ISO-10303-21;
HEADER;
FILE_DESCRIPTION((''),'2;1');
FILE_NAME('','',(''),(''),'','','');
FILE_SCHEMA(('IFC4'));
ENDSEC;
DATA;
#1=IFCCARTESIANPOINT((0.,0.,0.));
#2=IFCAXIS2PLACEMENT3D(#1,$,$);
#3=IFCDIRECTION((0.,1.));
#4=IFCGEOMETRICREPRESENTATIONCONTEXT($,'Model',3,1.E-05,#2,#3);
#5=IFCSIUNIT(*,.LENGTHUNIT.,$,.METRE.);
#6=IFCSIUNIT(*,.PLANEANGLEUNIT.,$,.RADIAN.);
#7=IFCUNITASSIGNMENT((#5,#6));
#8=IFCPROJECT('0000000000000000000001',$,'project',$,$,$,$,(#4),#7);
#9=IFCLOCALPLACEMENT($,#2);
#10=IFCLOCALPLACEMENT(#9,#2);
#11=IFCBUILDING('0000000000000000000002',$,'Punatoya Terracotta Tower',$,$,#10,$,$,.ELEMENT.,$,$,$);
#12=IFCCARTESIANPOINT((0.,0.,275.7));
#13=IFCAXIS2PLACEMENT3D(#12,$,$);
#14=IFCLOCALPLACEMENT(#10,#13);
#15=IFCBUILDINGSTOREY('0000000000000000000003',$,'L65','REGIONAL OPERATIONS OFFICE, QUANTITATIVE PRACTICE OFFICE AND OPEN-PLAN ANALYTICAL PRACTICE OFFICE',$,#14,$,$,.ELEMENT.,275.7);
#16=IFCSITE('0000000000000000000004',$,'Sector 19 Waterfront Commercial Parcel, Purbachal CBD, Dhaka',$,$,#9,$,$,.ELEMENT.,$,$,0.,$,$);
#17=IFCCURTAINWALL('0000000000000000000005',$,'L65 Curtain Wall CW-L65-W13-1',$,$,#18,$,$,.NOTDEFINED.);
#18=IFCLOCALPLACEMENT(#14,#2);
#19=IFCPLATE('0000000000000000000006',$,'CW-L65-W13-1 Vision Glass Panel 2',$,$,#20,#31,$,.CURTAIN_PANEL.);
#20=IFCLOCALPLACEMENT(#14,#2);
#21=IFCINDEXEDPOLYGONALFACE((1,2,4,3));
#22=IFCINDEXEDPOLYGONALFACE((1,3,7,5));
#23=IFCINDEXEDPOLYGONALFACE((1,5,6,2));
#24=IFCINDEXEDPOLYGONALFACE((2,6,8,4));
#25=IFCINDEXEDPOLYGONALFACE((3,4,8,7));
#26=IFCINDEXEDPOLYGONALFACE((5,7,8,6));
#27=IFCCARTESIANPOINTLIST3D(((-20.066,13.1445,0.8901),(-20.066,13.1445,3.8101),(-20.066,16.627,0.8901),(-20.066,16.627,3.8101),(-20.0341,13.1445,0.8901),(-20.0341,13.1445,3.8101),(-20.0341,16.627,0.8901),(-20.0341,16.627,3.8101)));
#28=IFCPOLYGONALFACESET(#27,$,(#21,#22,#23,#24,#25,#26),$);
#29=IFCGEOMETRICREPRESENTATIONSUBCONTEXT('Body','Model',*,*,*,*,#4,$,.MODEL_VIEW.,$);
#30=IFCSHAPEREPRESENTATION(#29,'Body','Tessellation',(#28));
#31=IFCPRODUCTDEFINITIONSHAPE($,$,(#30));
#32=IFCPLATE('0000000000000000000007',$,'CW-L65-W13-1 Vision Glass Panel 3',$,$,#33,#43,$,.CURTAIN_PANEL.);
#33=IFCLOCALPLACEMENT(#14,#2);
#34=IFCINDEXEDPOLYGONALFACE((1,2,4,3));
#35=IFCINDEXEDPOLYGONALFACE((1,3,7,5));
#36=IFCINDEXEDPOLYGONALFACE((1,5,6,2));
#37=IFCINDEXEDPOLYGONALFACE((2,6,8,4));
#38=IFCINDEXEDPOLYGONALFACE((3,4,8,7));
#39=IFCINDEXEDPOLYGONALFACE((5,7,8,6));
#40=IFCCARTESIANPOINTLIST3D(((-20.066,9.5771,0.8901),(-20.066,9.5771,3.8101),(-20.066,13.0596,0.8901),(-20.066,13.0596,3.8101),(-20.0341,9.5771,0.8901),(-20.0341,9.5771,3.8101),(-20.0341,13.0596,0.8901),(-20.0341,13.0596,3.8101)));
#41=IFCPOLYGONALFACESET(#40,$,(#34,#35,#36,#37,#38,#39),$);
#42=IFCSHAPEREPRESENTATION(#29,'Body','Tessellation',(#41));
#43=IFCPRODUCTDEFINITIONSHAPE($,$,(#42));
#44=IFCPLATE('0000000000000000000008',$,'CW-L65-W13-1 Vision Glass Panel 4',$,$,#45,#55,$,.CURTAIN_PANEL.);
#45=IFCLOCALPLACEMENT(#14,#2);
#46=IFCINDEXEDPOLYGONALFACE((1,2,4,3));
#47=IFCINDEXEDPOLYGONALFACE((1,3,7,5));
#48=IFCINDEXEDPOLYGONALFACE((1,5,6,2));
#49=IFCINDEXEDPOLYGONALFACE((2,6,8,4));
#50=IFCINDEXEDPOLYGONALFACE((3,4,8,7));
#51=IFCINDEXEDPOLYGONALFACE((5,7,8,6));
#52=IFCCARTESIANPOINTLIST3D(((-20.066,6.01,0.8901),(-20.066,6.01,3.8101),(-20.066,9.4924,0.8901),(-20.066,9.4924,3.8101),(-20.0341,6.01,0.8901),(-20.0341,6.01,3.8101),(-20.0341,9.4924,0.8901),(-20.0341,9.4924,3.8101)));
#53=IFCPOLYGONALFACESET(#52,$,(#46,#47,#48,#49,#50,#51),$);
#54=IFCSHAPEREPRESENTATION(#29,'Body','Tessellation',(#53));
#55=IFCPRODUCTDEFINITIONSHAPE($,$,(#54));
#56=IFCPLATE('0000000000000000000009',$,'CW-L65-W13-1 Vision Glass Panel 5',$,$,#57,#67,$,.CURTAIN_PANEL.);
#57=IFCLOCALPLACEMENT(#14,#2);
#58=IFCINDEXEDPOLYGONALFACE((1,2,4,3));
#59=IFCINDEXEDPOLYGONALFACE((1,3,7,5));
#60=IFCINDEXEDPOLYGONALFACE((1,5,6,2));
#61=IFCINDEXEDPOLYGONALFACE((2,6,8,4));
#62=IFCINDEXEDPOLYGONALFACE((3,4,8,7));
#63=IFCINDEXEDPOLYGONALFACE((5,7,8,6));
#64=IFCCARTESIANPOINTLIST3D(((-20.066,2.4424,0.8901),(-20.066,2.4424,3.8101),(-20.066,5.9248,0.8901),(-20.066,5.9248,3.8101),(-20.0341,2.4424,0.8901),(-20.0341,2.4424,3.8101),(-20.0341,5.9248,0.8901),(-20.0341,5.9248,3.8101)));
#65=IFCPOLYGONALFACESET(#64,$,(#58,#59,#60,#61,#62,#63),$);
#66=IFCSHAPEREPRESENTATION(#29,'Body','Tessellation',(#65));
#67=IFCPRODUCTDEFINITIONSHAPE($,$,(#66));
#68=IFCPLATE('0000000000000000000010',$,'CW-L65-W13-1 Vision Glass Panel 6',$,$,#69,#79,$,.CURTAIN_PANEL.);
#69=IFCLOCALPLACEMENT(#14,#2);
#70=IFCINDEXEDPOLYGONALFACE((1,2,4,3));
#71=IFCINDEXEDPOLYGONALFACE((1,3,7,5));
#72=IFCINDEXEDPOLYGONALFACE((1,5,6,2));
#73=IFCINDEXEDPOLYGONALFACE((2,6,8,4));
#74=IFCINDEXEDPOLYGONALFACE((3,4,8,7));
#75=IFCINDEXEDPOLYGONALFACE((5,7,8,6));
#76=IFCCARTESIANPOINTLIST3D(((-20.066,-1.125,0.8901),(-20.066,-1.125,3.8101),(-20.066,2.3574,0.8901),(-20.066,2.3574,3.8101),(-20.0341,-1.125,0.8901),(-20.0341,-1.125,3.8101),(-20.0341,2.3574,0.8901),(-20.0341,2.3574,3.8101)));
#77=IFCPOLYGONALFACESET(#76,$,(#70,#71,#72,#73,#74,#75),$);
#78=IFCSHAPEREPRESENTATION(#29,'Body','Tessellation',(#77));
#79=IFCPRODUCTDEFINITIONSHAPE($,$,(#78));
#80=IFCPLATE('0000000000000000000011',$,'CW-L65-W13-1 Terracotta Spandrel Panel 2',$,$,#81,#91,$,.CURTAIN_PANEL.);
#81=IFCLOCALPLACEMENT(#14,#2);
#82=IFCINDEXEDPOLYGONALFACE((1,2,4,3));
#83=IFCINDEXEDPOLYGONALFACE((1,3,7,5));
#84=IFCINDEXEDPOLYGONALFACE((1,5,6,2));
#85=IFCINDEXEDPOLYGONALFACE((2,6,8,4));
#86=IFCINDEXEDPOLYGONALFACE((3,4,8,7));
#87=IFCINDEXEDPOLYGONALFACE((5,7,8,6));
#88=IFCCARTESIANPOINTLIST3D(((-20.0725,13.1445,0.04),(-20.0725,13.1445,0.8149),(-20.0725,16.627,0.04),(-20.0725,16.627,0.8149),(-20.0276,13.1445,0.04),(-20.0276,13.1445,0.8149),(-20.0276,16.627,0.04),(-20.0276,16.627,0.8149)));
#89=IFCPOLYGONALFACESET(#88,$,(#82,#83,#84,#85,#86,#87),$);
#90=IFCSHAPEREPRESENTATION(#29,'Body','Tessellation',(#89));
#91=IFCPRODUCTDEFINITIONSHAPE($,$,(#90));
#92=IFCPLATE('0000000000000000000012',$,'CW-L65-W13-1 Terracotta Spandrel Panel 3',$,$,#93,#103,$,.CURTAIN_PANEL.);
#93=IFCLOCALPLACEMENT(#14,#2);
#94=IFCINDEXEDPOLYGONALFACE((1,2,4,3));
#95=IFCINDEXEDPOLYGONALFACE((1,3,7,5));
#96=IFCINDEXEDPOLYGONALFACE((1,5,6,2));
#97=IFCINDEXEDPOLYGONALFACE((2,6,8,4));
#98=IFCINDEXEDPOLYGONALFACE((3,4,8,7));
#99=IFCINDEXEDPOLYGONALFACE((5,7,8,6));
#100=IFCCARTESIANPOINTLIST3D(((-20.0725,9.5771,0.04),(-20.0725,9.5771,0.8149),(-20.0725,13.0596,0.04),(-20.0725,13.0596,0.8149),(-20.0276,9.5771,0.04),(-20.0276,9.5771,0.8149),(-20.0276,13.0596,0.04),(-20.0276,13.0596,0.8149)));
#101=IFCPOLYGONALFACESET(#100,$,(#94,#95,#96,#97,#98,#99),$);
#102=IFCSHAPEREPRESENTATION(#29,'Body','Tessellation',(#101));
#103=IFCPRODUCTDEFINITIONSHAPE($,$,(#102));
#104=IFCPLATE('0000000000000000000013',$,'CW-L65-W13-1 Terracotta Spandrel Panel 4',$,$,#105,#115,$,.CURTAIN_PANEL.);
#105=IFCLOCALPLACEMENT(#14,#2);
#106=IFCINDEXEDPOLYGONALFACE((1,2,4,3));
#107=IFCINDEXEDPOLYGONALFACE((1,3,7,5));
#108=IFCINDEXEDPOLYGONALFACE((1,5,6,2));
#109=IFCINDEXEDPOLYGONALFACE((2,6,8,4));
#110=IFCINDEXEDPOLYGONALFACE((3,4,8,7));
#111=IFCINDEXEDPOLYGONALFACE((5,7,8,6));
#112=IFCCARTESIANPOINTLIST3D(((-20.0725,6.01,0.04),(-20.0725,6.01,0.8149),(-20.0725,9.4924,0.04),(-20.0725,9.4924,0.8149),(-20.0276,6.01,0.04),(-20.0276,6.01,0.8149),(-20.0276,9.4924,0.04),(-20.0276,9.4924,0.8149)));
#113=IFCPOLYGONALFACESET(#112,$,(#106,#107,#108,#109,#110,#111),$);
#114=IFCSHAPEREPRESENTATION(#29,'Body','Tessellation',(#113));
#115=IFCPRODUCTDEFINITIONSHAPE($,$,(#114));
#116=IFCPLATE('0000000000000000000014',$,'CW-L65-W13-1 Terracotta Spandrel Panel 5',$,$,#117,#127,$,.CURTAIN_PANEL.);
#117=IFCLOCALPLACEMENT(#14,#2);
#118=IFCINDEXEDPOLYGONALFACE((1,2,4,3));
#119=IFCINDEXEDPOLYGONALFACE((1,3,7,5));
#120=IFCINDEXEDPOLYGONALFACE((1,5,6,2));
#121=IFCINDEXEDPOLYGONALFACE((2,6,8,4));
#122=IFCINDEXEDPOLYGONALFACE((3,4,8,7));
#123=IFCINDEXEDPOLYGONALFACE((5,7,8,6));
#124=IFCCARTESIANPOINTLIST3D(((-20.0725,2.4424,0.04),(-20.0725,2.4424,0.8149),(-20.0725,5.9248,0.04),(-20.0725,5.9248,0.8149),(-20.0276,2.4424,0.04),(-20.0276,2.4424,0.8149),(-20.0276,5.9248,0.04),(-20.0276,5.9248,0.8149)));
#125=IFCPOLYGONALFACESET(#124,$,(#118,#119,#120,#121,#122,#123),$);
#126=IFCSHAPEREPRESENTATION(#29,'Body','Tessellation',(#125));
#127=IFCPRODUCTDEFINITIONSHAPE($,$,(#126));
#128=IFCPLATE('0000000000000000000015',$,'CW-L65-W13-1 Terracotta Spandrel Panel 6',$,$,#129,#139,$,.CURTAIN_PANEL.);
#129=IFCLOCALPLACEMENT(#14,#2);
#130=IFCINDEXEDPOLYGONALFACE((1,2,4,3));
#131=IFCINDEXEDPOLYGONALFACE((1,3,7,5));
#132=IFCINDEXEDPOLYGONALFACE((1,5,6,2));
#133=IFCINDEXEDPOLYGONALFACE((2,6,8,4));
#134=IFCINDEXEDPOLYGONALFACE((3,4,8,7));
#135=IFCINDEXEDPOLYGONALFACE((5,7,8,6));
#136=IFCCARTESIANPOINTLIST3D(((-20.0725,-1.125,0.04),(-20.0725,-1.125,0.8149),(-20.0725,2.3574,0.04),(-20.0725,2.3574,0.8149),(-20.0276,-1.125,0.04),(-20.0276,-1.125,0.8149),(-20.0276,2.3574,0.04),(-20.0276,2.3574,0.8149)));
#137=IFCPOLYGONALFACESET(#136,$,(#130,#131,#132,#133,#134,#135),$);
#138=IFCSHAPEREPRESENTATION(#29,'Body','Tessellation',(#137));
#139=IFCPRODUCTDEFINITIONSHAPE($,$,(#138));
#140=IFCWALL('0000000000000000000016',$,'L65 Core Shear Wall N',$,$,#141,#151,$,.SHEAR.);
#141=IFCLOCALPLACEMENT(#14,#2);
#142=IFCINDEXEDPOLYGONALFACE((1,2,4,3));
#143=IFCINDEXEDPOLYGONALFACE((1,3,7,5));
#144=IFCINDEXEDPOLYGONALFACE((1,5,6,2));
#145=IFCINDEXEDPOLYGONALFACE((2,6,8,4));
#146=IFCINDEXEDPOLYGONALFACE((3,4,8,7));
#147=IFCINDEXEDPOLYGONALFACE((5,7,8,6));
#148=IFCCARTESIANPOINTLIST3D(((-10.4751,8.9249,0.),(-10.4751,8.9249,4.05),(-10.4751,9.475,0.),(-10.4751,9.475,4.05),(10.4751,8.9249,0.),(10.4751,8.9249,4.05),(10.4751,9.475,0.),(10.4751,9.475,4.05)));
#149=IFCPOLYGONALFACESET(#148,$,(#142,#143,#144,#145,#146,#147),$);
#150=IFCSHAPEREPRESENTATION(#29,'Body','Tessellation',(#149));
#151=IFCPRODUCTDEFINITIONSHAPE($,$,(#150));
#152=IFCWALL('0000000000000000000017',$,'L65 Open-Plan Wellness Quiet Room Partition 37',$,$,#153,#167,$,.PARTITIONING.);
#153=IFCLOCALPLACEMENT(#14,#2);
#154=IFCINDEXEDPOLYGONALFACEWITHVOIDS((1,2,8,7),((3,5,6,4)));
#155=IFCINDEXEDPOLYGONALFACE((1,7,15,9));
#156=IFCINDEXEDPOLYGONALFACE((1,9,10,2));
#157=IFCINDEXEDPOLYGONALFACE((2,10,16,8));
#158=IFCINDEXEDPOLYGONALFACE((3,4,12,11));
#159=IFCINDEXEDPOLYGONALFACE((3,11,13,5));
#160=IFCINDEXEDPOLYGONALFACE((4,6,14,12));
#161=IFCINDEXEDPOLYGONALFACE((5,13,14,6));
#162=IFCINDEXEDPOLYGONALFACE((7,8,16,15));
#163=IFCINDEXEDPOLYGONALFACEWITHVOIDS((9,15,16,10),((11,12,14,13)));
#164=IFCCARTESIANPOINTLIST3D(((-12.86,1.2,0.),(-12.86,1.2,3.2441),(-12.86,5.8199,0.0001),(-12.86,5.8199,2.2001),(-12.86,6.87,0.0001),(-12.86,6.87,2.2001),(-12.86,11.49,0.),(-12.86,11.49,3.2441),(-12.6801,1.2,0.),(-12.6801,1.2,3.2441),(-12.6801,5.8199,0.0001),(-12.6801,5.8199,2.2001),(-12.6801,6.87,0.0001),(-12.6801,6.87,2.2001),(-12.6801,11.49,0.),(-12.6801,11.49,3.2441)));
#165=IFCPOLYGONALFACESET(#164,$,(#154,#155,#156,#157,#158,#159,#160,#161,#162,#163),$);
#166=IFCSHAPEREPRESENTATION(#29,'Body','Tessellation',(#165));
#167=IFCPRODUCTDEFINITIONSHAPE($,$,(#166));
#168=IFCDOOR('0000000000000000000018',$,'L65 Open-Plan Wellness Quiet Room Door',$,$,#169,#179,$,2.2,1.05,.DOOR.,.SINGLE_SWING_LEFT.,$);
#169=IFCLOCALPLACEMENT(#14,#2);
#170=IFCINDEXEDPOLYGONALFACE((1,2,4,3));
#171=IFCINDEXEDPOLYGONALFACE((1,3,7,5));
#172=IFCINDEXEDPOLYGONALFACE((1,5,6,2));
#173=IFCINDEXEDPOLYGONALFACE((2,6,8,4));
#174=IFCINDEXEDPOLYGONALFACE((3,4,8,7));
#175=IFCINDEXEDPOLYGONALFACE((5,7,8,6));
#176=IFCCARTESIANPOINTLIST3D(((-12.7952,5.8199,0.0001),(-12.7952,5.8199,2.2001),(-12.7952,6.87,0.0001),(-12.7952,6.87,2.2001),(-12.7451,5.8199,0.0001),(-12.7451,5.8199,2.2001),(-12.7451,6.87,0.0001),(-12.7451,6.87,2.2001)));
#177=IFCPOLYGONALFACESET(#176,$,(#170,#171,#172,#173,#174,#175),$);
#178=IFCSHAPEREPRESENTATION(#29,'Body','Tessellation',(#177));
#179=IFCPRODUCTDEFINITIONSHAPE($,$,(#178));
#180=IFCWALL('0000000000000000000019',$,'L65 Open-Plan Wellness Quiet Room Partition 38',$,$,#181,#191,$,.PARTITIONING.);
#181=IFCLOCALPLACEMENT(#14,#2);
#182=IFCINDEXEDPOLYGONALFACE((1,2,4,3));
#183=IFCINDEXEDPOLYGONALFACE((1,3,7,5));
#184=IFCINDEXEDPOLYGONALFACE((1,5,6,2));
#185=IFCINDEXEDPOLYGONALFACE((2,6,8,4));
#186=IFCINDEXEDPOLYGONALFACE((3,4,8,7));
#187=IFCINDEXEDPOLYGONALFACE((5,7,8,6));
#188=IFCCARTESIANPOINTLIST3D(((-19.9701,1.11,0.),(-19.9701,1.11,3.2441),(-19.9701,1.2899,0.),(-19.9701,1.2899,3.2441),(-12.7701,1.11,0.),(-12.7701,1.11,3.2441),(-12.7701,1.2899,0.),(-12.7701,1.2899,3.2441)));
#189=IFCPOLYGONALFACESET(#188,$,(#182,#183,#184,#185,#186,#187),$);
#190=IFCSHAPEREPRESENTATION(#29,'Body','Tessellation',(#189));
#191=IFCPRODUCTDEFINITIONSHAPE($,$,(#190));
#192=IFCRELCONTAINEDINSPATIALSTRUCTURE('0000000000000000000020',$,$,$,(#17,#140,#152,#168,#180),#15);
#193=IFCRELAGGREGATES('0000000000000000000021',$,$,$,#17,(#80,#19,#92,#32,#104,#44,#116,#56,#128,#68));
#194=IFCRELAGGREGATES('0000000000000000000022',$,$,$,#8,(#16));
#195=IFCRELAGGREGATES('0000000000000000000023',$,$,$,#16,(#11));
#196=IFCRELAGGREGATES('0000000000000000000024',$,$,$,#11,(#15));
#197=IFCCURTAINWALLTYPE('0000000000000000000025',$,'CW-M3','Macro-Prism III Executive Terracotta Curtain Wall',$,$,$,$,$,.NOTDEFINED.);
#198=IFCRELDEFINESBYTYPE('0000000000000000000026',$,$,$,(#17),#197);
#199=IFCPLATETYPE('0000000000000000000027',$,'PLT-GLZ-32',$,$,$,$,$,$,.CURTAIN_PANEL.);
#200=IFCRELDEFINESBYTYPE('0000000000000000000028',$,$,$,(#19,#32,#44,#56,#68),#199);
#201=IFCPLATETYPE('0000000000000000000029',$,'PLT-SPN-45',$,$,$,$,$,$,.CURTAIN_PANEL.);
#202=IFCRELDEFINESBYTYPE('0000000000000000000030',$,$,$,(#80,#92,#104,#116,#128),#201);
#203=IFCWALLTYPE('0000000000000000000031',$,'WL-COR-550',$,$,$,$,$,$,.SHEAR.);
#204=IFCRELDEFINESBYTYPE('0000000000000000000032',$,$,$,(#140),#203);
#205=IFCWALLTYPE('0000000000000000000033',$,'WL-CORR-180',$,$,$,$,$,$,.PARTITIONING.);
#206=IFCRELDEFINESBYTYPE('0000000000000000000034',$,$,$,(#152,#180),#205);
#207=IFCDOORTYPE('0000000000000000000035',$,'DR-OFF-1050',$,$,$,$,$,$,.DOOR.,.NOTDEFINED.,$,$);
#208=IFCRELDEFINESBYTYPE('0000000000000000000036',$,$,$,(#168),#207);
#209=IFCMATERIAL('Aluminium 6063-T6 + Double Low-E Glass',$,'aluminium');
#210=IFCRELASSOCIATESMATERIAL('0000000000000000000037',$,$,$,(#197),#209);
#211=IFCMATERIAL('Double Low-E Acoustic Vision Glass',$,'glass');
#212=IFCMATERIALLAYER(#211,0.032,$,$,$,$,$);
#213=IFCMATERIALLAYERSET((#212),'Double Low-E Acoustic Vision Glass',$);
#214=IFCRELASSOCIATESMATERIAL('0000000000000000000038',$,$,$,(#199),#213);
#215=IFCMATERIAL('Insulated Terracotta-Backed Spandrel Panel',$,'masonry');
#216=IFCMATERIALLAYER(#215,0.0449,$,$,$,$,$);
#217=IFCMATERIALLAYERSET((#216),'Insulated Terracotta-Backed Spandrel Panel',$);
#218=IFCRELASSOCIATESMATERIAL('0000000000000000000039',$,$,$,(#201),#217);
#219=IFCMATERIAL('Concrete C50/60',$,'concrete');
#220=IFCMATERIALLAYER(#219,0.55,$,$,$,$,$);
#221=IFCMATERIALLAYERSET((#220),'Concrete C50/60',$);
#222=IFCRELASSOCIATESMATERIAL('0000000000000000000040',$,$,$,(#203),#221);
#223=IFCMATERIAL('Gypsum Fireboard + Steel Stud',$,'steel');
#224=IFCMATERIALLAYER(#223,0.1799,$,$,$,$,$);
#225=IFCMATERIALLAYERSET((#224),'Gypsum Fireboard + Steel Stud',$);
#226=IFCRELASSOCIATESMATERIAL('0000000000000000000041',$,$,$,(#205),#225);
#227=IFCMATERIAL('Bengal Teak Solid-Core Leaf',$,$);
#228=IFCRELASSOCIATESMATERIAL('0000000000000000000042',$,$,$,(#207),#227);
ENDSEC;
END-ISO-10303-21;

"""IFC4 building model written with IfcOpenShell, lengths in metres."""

from ifc_helpers import new_model, si_unit, direction, frame, frame_2d, origin, origin_2d, place, context, subcontext, project, spatial, rectangle, extrude, material, layer, layer_set, type_object, element, fill, aggregate, save


model = new_model("IFC4")

# Units and contexts
model_context = context("Model", 3, precision=1e-05, world=origin(), true_north=direction((0.0, 1.0)))
body_context = subcontext(model_context, "Body", "Model", "MODEL_VIEW")
ifc_project = project(units=[si_unit("LENGTHUNIT", "METRE"), si_unit("PLANEANGLEUNIT", "RADIAN")], contexts=[model_context])

# Site, building, storey
site_placement = place(None, origin())
site = spatial("IfcSite", under=ifc_project, at=site_placement, Name="Sector 19 Waterfront Commercial Parcel, Purbachal CBD, Dhaka", CompositionType="ELEMENT", RefElevation=0.0)
building_placement = place(site_placement, origin())
building = spatial("IfcBuilding", under=site, at=building_placement, Name="Punatoya Terracotta Tower", CompositionType="ELEMENT")
storey_placement = place(building_placement, frame((0.0, 0.0, 275.7)))
storey = spatial("IfcBuildingStorey", under=building, at=storey_placement, Name="L65", Description="REGIONAL OPERATIONS OFFICE, QUANTITATIVE PRACTICE OFFICE AND OPEN-PLAN ANALYTICAL PRACTICE OFFICE", CompositionType="ELEMENT", Elevation=275.7)

# Curtain wall, plates
ifc_material_1 = material(Name="Aluminium 6063-T6 + Double Low-E Glass", Category="aluminium")
curtain_wall_type = type_object("IfcCurtainWallType", Name="CW-M3", Description="Macro-Prism III Executive Terracotta Curtain Wall", PredefinedType="NOTDEFINED", material=ifc_material_1)
curtain_wall_placement = place(storey_placement, origin())
curtain_wall = element("IfcCurtainWall", 1, at=curtain_wall_placement, inside=storey, type_object=curtain_wall_type, Name="L65 Curtain Wall CW-L65-W13-1", PredefinedType="NOTDEFINED")
ifc_material_2 = material(Name="Double Low-E Acoustic Vision Glass", Category="glass")
ifc_layer_1 = layer(ifc_material_2, 0.032)
ifc_layer_set_1 = layer_set([ifc_layer_1], Name="Double Low-E Acoustic Vision Glass")
plate_type_1 = type_object("IfcPlateType", Name="PLT-GLZ-32", PredefinedType="CURTAIN_PANEL", material=ifc_layer_set_1)
plate_1_placement = place(storey_placement, frame((-20.05, 14.8857, 0.8901), z_axis=(0.0, 0.0, 1.0), x_axis=(0.0, -1.0, 0.0)))
plate_1 = element("IfcPlate", 2, at=plate_1_placement, type_object=plate_type_1, Name="CW-L65-W13-1 Vision Glass Panel 2", PredefinedType="CURTAIN_PANEL", context=body_context, shape_type="SweptSolid", body=[
    extrude(rectangle(XDim=3.4824, YDim=0.032, at=origin_2d()), origin(), (0.0, 0.0, 1.0), 2.9199),
])
plate_2_placement = place(storey_placement, frame((-20.05, 11.3184, 0.8901), z_axis=(0.0, 0.0, 1.0), x_axis=(0.0, -1.0, 0.0)))
plate_2 = element("IfcPlate", 3, at=plate_2_placement, type_object=plate_type_1, Name="CW-L65-W13-1 Vision Glass Panel 3", PredefinedType="CURTAIN_PANEL", context=body_context, shape_type="SweptSolid", body=[
    extrude(rectangle(XDim=3.4824, YDim=0.032, at=origin_2d()), origin(), (0.0, 0.0, 1.0), 2.9199),
])
plate_3_placement = place(storey_placement, frame((-20.05, 7.7512, 0.8901), z_axis=(0.0, 0.0, 1.0), x_axis=(0.0, -1.0, 0.0)))
plate_3 = element("IfcPlate", 4, at=plate_3_placement, type_object=plate_type_1, Name="CW-L65-W13-1 Vision Glass Panel 4", PredefinedType="CURTAIN_PANEL", context=body_context, shape_type="SweptSolid", body=[
    extrude(rectangle(XDim=3.4824, YDim=0.032, at=origin_2d()), origin(), (0.0, 0.0, 1.0), 2.9199),
])
plate_4_placement = place(storey_placement, frame((-20.05, 4.1836, 0.8901), z_axis=(0.0, 0.0, 1.0), x_axis=(0.0, -1.0, 0.0)))
plate_4 = element("IfcPlate", 5, at=plate_4_placement, type_object=plate_type_1, Name="CW-L65-W13-1 Vision Glass Panel 5", PredefinedType="CURTAIN_PANEL", context=body_context, shape_type="SweptSolid", body=[
    extrude(rectangle(XDim=3.4824, YDim=0.032, at=origin_2d()), origin(), (0.0, 0.0, 1.0), 2.9199),
])
plate_5_placement = place(storey_placement, frame((-20.05, 0.6162, 0.8901), z_axis=(0.0, 0.0, 1.0), x_axis=(0.0, -1.0, 0.0)))
plate_5 = element("IfcPlate", 6, at=plate_5_placement, type_object=plate_type_1, Name="CW-L65-W13-1 Vision Glass Panel 6", PredefinedType="CURTAIN_PANEL", context=body_context, shape_type="SweptSolid", body=[
    extrude(rectangle(XDim=3.4824, YDim=0.032, at=origin_2d()), origin(), (0.0, 0.0, 1.0), 2.9199),
])
ifc_material_3 = material(Name="Insulated Terracotta-Backed Spandrel Panel", Category="masonry")
ifc_layer_2 = layer(ifc_material_3, 0.0449)
ifc_layer_set_2 = layer_set([ifc_layer_2], Name="Insulated Terracotta-Backed Spandrel Panel")
plate_type_2 = type_object("IfcPlateType", Name="PLT-SPN-45", PredefinedType="CURTAIN_PANEL", material=ifc_layer_set_2)
plate_6_placement = place(storey_placement, frame((-20.05, 14.8857, 0.04), z_axis=(0.0, 0.0, 1.0), x_axis=(0.0, -1.0, 0.0)))
plate_6 = element("IfcPlate", 7, at=plate_6_placement, type_object=plate_type_2, Name="CW-L65-W13-1 Terracotta Spandrel Panel 2", PredefinedType="CURTAIN_PANEL", context=body_context, shape_type="SweptSolid", body=[
    extrude(rectangle(XDim=3.4824, YDim=0.0449, at=origin_2d()), origin(), (0.0, 0.0, 1.0), 0.7749),
])
plate_7_placement = place(storey_placement, frame((-20.05, 11.3184, 0.04), z_axis=(0.0, 0.0, 1.0), x_axis=(0.0, -1.0, 0.0)))
plate_7 = element("IfcPlate", 8, at=plate_7_placement, type_object=plate_type_2, Name="CW-L65-W13-1 Terracotta Spandrel Panel 3", PredefinedType="CURTAIN_PANEL", context=body_context, shape_type="SweptSolid", body=[
    extrude(rectangle(XDim=3.4824, YDim=0.0449, at=origin_2d()), origin(), (0.0, 0.0, 1.0), 0.7749),
])
plate_8_placement = place(storey_placement, frame((-20.05, 7.7512, 0.04), z_axis=(0.0, 0.0, 1.0), x_axis=(0.0, -1.0, 0.0)))
plate_8 = element("IfcPlate", 9, at=plate_8_placement, type_object=plate_type_2, Name="CW-L65-W13-1 Terracotta Spandrel Panel 4", PredefinedType="CURTAIN_PANEL", context=body_context, shape_type="SweptSolid", body=[
    extrude(rectangle(XDim=3.4824, YDim=0.0449, at=origin_2d()), origin(), (0.0, 0.0, 1.0), 0.7749),
])
plate_9_placement = place(storey_placement, frame((-20.05, 4.1836, 0.04), z_axis=(0.0, 0.0, 1.0), x_axis=(0.0, -1.0, 0.0)))
plate_9 = element("IfcPlate", 10, at=plate_9_placement, type_object=plate_type_2, Name="CW-L65-W13-1 Terracotta Spandrel Panel 5", PredefinedType="CURTAIN_PANEL", context=body_context, shape_type="SweptSolid", body=[
    extrude(rectangle(XDim=3.4824, YDim=0.0449, at=origin_2d()), origin(), (0.0, 0.0, 1.0), 0.7749),
])
plate_10_placement = place(storey_placement, frame((-20.05, 0.6162, 0.04), z_axis=(0.0, 0.0, 1.0), x_axis=(0.0, -1.0, 0.0)))
plate_10 = element("IfcPlate", 11, at=plate_10_placement, type_object=plate_type_2, Name="CW-L65-W13-1 Terracotta Spandrel Panel 6", PredefinedType="CURTAIN_PANEL", context=body_context, shape_type="SweptSolid", body=[
    extrude(rectangle(XDim=3.4824, YDim=0.0449, at=origin_2d()), origin(), (0.0, 0.0, 1.0), 0.7749),
])
aggregate(curtain_wall, [plate_6, plate_1, plate_7, plate_2, plate_8, plate_3, plate_9, plate_4, plate_10, plate_5])

# Wall
ifc_material_4 = material(Name="Concrete C50/60", Category="concrete")
ifc_layer_3 = layer(ifc_material_4, 0.55)
ifc_layer_set_3 = layer_set([ifc_layer_3], Name="Concrete C50/60")
wall_type_1 = type_object("IfcWallType", Name="WL-COR-550", PredefinedType="SHEAR", material=ifc_layer_set_3)
wall_1_placement = place(storey_placement, frame((-10.4751, 9.2, 0.0), z_axis=(0.0, 0.0, 1.0), x_axis=(1.0, 0.0, 0.0)))
element("IfcWall", 12, at=wall_1_placement, inside=storey, type_object=wall_type_1, Name="L65 Core Shear Wall N", PredefinedType="SHEAR", context=body_context, shape_type="SweptSolid", body=[
    extrude(rectangle(XDim=20.9502, YDim=0.55, at=frame_2d((10.4751, 0.0))), origin(), (0.0, 0.0, 1.0), 4.05),
])

# Wall, opening, door
ifc_material_5 = material(Name="Gypsum Fireboard + Steel Stud", Category="steel")
ifc_layer_4 = layer(ifc_material_5, 0.1799)
ifc_layer_set_4 = layer_set([ifc_layer_4], Name="Gypsum Fireboard + Steel Stud")
wall_type_2 = type_object("IfcWallType", Name="WL-CORR-180", PredefinedType="PARTITIONING", material=ifc_layer_set_4)
wall_2_placement = place(storey_placement, frame((-12.77, 11.49, 0.0), z_axis=(0.0, 0.0, 1.0), x_axis=(0.0, -1.0, 0.0)))
wall_2 = element("IfcWall", 13, at=wall_2_placement, inside=storey, type_object=wall_type_2, Name="L65 Open-Plan Wellness Quiet Room Partition 37", PredefinedType="PARTITIONING", context=body_context, shape_type="SweptSolid", body=[
    extrude(rectangle(XDim=10.29, YDim=0.1799, at=frame_2d((5.145, 0.0))), origin(), (0.0, 0.0, 1.0), 3.2441),
])
opening_placement = place(wall_2_placement, frame((4.6201, 0.0, 0.0)))
opening = element("IfcOpeningElement", 14, at=opening_placement, cuts=wall_2, PredefinedType="OPENING", context=body_context, shape_type="SweptSolid", body=[
    extrude(rectangle(XDim=1.05, YDim=2.2, at=frame_2d((0.5249, 1.1001))), frame((0.0, 0.0999, 0.0), z_axis=(0.0, -1.0, 0.0), x_axis=(1.0, 0.0, 0.0)), (0.0, 0.0, 1.0), 0.2),
])
ifc_material_6 = material(Name="Bengal Teak Solid-Core Leaf")
door_type = type_object("IfcDoorType", Name="DR-OFF-1050", OperationType="NOTDEFINED", PredefinedType="DOOR", material=ifc_material_6)
door_placement = place(opening_placement, origin())
door = element("IfcDoor", 15, at=door_placement, inside=storey, type_object=door_type, Name="L65 Open-Plan Wellness Quiet Room Door", OperationType="SINGLE_SWING_LEFT", OverallHeight=2.2, OverallWidth=1.05, PredefinedType="DOOR", context=body_context, shape_type="SweptSolid", body=[
    extrude(rectangle(XDim=1.05, YDim=2.2, at=frame_2d((0.5249, 1.1001))), frame((0.0, 0.0249, 0.0), z_axis=(0.0, -1.0, 0.0), x_axis=(1.0, 0.0, 0.0)), (0.0, 0.0, 1.0), 0.05),
])
fill(opening, door)

# Wall
wall_3_placement = place(storey_placement, frame((-12.77, 1.2, 0.0), z_axis=(0.0, 0.0, 1.0), x_axis=(-1.0, 0.0, 0.0)))
element("IfcWall", 16, at=wall_3_placement, inside=storey, type_object=wall_type_2, Name="L65 Open-Plan Wellness Quiet Room Partition 38", PredefinedType="PARTITIONING", context=body_context, shape_type="SweptSolid", body=[
    extrude(rectangle(XDim=7.2, YDim=0.1799, at=frame_2d((3.6001, 0.0))), origin(), (0.0, 0.0, 1.0), 3.2441),
])

save(model, "model.ifc")
